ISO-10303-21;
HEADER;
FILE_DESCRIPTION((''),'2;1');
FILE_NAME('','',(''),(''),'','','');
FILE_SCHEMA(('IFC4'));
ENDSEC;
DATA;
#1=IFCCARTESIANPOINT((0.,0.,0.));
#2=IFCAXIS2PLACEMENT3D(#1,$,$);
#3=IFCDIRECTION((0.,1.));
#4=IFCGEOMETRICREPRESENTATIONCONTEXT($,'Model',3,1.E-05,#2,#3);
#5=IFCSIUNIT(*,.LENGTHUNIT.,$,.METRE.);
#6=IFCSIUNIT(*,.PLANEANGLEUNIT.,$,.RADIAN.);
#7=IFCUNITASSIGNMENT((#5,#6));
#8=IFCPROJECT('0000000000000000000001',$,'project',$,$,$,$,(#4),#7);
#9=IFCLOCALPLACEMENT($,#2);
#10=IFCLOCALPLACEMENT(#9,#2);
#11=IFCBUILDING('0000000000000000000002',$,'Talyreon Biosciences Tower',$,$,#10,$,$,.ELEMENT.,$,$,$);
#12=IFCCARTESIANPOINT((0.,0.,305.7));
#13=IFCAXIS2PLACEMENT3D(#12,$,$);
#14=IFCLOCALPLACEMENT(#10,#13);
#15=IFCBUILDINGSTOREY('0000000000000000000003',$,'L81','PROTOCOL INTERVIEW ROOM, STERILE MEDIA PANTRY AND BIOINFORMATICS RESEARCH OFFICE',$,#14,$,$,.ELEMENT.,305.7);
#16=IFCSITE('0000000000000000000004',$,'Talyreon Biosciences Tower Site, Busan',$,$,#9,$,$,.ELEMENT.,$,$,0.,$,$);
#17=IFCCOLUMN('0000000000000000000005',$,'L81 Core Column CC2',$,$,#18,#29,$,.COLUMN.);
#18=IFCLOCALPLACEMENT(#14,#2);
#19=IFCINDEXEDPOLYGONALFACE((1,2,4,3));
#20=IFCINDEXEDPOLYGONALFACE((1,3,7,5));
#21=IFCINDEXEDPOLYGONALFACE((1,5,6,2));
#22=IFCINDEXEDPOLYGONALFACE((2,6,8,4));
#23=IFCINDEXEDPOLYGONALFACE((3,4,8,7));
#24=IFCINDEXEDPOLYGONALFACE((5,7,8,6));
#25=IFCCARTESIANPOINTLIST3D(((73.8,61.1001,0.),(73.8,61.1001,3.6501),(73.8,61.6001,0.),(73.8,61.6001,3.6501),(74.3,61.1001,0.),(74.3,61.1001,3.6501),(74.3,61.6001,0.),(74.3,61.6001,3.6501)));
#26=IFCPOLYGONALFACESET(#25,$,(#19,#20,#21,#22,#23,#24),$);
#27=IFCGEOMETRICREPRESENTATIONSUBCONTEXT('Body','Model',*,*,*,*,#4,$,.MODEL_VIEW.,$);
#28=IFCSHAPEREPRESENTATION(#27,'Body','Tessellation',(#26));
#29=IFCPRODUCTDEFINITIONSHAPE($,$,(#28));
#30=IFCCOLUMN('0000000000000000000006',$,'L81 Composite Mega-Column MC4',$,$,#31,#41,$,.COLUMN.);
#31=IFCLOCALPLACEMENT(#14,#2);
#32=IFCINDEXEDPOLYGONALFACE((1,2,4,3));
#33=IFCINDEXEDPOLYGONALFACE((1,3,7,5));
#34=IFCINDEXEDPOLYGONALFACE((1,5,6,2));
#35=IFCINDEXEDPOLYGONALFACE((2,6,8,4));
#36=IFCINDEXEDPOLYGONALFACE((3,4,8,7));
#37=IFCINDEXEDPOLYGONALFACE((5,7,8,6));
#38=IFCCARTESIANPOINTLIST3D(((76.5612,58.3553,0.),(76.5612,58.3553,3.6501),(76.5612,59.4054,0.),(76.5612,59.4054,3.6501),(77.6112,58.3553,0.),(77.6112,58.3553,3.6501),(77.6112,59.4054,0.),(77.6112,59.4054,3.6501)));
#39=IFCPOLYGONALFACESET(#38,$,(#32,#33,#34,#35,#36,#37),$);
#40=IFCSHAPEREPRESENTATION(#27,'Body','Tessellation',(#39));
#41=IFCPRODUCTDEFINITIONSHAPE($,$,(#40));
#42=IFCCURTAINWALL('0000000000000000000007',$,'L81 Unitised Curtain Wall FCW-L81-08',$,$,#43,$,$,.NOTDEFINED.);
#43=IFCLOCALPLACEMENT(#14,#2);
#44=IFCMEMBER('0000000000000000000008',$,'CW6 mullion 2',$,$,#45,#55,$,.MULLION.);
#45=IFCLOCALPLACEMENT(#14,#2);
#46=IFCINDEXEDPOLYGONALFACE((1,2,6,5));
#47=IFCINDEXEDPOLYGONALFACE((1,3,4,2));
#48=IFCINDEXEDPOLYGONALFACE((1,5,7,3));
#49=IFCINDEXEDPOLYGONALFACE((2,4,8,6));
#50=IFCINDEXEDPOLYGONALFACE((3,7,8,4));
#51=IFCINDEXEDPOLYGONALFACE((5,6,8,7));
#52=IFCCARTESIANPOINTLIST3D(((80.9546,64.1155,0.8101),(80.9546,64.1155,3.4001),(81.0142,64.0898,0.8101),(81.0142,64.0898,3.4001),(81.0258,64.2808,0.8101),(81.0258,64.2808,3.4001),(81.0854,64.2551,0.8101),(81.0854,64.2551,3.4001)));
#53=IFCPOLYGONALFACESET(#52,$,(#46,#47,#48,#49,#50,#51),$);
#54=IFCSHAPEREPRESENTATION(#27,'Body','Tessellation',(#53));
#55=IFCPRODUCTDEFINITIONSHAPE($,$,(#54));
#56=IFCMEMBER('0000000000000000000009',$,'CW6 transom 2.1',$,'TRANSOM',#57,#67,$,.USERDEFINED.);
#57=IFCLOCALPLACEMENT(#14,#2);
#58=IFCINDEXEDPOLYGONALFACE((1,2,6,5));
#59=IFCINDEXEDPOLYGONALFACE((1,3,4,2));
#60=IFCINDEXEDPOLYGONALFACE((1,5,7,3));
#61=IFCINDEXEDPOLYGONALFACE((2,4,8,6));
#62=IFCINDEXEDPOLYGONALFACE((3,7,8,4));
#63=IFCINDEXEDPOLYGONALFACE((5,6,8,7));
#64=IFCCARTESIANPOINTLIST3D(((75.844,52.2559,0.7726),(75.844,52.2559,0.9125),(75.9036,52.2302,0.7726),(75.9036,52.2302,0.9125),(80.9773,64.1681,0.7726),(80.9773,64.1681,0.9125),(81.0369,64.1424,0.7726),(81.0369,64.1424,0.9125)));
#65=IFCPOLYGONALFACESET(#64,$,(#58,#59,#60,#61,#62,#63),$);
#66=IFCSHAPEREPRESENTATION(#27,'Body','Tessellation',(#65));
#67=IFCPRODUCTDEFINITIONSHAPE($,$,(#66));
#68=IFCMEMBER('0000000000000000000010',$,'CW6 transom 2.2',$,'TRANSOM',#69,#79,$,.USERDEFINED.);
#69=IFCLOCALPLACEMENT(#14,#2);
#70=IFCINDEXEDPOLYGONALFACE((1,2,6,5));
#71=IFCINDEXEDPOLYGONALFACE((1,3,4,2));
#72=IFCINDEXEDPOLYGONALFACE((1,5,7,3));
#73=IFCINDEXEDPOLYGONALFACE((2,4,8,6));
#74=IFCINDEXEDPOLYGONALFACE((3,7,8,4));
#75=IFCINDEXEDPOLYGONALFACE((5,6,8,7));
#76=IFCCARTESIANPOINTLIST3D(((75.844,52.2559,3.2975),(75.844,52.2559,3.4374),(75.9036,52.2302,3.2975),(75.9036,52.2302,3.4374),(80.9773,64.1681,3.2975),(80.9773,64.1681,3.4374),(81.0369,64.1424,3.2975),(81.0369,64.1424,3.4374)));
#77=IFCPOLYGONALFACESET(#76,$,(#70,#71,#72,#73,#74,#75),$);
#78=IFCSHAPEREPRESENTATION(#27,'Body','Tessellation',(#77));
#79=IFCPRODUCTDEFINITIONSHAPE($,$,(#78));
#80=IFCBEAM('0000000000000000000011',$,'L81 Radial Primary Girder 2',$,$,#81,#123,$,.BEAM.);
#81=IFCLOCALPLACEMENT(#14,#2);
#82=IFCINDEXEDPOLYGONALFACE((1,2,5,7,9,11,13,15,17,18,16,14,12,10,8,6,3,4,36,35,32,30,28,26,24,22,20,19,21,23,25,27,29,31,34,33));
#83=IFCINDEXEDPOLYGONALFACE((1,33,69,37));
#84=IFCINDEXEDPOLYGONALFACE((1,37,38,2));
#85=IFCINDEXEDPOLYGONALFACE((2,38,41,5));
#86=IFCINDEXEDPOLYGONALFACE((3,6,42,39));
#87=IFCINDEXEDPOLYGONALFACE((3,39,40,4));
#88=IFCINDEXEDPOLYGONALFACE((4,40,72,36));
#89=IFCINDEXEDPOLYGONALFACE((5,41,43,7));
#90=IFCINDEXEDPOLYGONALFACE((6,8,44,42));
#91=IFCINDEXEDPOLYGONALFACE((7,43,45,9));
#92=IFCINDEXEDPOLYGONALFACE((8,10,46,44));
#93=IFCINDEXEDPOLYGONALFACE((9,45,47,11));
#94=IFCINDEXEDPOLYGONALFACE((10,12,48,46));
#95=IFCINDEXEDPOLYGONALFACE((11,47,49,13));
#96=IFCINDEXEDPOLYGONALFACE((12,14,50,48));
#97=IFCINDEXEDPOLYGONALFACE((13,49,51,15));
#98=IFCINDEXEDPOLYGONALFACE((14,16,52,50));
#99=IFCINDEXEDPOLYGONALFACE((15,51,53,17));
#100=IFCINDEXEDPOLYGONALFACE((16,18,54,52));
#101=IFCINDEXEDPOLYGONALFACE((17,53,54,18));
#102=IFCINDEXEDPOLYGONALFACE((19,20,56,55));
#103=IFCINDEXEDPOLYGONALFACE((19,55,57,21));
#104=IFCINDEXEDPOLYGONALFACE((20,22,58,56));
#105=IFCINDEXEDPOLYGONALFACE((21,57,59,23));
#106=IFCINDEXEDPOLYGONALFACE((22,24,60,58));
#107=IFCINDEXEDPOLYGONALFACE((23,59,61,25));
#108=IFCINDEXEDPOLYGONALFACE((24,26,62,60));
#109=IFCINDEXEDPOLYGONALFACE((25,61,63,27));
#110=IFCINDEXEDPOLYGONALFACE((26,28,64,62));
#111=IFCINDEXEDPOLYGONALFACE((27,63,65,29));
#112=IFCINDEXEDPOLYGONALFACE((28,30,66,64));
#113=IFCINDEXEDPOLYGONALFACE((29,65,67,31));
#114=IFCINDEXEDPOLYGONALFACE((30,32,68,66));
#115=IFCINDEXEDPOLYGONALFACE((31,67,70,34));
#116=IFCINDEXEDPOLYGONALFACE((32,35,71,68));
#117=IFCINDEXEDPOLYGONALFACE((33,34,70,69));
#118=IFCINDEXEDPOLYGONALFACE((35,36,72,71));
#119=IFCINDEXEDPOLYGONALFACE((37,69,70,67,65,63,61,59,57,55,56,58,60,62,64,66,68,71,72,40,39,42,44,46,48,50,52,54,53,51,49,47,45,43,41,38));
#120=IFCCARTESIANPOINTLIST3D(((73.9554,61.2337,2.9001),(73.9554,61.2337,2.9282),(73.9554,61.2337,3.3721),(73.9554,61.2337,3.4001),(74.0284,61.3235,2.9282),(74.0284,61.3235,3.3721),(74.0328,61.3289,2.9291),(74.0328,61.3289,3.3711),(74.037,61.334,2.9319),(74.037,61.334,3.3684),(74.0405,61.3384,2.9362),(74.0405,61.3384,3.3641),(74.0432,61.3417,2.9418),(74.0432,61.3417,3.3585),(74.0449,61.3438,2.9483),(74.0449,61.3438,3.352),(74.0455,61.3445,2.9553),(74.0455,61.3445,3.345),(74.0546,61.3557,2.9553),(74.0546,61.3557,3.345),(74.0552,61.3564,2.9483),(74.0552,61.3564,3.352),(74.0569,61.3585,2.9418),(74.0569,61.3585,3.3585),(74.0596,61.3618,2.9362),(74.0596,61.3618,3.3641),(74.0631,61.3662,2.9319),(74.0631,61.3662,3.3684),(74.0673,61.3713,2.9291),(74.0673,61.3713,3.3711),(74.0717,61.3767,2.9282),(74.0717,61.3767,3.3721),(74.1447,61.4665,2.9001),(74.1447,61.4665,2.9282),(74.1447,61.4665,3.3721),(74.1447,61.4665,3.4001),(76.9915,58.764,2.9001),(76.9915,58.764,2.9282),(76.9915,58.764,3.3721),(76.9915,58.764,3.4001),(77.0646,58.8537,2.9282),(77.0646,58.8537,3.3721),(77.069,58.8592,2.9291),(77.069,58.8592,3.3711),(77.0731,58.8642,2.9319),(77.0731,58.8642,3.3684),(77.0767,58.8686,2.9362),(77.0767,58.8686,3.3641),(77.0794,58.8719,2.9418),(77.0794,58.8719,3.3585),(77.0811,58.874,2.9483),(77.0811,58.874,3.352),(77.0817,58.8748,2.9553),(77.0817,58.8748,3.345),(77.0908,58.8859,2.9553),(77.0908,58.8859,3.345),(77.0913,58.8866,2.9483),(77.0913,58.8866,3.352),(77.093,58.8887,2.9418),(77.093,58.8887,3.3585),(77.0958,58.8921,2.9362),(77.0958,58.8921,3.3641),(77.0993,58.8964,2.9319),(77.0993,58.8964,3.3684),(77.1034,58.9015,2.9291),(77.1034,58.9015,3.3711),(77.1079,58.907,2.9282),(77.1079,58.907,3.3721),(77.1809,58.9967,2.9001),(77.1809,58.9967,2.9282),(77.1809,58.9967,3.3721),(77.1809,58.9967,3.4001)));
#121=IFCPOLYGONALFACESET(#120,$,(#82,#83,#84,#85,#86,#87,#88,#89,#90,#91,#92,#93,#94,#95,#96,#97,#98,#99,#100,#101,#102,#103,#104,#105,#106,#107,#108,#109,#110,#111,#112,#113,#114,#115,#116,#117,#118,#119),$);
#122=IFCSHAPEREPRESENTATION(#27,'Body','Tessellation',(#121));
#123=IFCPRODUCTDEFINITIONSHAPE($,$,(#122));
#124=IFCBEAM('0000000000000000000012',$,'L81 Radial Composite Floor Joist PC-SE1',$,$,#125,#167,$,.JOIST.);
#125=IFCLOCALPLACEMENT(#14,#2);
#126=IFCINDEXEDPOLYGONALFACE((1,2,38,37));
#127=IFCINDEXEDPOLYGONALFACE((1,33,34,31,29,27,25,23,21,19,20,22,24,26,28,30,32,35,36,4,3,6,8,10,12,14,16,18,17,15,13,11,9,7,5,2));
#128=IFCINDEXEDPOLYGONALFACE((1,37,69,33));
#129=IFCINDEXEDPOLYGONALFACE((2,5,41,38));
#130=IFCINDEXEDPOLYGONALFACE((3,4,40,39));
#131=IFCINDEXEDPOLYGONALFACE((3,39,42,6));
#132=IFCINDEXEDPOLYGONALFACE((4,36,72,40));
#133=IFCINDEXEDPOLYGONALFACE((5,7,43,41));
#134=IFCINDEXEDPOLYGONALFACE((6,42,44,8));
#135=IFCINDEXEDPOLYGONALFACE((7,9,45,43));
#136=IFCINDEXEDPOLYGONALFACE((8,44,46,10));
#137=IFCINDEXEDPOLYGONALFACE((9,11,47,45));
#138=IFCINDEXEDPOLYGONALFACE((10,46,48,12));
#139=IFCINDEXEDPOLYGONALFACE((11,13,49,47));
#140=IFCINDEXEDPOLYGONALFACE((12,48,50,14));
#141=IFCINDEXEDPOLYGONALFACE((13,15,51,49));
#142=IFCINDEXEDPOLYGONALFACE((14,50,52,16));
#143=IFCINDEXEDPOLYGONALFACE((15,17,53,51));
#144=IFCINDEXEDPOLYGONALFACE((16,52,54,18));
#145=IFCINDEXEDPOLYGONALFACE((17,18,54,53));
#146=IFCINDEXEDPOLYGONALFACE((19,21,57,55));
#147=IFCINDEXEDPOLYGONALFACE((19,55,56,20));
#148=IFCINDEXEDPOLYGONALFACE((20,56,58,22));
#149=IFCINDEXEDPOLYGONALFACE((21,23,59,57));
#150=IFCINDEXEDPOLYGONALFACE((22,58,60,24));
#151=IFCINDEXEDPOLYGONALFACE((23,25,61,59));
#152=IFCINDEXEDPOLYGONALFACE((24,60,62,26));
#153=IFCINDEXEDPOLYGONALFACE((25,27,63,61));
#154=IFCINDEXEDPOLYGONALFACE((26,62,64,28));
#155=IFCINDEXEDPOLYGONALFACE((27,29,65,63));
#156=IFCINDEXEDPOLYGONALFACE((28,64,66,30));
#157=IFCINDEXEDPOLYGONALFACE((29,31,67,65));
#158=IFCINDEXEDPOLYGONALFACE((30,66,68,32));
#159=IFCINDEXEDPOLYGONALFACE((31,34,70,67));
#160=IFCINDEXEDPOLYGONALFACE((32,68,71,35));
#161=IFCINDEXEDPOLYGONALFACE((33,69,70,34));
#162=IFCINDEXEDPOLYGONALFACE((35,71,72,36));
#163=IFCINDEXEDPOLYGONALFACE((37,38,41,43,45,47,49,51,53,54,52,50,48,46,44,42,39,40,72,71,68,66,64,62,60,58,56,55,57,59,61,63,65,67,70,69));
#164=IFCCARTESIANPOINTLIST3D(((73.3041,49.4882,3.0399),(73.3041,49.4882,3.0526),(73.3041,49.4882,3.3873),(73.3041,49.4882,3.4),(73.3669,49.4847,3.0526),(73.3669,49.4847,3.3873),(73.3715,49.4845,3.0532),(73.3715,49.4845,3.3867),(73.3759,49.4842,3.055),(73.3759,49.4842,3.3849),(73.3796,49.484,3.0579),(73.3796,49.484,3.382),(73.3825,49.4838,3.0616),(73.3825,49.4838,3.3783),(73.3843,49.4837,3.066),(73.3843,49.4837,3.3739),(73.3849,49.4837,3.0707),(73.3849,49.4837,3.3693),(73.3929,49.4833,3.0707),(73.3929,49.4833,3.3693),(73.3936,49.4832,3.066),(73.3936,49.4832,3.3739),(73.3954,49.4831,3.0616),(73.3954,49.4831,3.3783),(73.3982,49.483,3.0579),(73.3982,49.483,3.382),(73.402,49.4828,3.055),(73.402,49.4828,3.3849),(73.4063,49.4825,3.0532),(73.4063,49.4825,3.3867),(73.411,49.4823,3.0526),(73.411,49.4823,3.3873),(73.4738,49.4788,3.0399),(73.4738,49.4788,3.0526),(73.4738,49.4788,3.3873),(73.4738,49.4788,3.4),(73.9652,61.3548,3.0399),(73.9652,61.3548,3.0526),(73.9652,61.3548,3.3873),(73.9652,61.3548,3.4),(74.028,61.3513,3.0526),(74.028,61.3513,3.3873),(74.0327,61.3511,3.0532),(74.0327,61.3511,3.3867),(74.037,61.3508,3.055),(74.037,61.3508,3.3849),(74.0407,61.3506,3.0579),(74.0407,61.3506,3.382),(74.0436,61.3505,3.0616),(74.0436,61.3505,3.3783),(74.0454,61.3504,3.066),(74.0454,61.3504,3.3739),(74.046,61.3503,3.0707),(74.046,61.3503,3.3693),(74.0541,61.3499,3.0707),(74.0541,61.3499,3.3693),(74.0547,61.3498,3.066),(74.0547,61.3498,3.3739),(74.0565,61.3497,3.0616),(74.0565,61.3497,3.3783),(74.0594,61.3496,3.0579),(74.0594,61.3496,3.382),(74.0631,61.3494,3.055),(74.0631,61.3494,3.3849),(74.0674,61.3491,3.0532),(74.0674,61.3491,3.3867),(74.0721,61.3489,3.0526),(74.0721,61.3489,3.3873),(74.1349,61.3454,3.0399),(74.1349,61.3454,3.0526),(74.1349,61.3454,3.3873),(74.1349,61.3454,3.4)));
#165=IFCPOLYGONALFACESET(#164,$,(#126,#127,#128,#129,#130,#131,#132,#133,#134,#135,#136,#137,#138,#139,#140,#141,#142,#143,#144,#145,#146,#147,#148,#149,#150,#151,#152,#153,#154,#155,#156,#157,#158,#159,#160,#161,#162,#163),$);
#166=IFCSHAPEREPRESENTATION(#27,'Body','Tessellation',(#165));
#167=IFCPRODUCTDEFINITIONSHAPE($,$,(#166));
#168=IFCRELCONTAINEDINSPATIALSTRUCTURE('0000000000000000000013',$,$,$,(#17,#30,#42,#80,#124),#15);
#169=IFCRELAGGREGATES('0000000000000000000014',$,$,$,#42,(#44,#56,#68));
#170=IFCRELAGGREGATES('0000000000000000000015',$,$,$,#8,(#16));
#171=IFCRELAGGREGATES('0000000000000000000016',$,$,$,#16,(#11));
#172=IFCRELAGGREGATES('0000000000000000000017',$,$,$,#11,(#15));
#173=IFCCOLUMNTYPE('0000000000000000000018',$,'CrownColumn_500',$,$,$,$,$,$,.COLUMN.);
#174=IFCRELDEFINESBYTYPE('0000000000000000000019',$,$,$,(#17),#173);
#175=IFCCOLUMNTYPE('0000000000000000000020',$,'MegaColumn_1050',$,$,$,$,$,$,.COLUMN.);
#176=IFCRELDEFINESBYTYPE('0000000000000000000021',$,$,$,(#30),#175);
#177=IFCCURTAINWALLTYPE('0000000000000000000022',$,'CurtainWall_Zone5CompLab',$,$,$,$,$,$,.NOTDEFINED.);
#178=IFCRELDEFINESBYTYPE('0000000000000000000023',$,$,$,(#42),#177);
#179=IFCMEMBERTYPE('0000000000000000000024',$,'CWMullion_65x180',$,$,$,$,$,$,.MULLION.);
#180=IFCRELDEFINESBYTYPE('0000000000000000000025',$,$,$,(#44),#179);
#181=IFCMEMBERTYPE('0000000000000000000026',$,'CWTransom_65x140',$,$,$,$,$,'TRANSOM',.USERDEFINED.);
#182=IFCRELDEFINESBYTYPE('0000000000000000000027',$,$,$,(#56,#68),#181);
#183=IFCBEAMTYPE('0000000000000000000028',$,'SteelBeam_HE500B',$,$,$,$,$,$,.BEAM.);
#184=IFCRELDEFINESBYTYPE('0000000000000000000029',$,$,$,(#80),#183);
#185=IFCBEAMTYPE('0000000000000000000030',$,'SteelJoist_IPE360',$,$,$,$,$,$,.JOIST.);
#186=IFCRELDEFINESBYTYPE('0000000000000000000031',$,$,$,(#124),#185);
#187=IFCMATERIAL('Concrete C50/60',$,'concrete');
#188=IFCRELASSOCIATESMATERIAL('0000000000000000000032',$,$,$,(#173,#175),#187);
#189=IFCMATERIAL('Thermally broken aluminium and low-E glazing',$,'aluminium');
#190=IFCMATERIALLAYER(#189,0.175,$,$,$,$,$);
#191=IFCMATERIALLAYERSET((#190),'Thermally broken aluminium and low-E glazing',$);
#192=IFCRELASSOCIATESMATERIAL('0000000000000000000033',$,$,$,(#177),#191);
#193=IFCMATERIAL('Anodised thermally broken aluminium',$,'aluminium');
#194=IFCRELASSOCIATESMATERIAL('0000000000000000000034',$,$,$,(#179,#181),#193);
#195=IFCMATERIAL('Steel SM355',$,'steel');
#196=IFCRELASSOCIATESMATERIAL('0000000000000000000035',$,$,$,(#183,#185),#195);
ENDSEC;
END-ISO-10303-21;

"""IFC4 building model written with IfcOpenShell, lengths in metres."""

from ifc_helpers import new_model, si_unit, direction, frame, origin, origin_2d, place, context, subcontext, project, spatial, rectangle, i_section, extrude, material, layer, layer_set, material_profile, profile_set, type_object, element, aggregate, save


model = new_model("IFC4")

# Units and contexts
model_context = context("Model", 3, precision=1e-05, world=origin(), true_north=direction((0.0, 1.0)))
body_context = subcontext(model_context, "Body", "Model", "MODEL_VIEW")
ifc_project = project(units=[si_unit("LENGTHUNIT", "METRE"), si_unit("PLANEANGLEUNIT", "RADIAN")], contexts=[model_context])

# Site, building, storey
site_placement = place(None, origin())
site = spatial("IfcSite", under=ifc_project, at=site_placement, Name="Talyreon Biosciences Tower Site, Busan", CompositionType="ELEMENT", RefElevation=0.0)
building_placement = place(site_placement, origin())
building = spatial("IfcBuilding", under=site, at=building_placement, Name="Talyreon Biosciences Tower", CompositionType="ELEMENT")
storey_placement = place(building_placement, frame((0.0, 0.0, 305.7)))
storey = spatial("IfcBuildingStorey", under=building, at=storey_placement, Name="L81", Description="PROTOCOL INTERVIEW ROOM, STERILE MEDIA PANTRY AND BIOINFORMATICS RESEARCH OFFICE", CompositionType="ELEMENT", Elevation=305.7)

# Columns
ifc_material_1 = material(Name="Concrete C50/60", Category="concrete")
ifc_material_profile_1 = material_profile(ifc_material_1, rectangle(XDim=0.5, YDim=0.5, at=origin_2d()), Name="RC 500x500")
ifc_profile_set_1 = profile_set([ifc_material_profile_1], Name="Concrete C50/60")
column_type_1 = type_object("IfcColumnType", Name="CrownColumn_500", PredefinedType="COLUMN", material=ifc_profile_set_1)
column_1_placement = place(storey_placement, frame((74.05, 61.3501, 0.0), z_axis=(0.0, 0.0, 1.0), x_axis=(1.0, 0.0, 0.0)))
element("IfcColumn", 1, at=column_1_placement, inside=storey, type_object=column_type_1, Name="L81 Core Column CC2", PredefinedType="COLUMN", context=body_context, shape_type="SweptSolid", body=[
    extrude(rectangle(XDim=0.5, YDim=0.5, at=origin_2d()), origin(), (0.0, 0.0, 1.0), 3.6501),
])
ifc_material_profile_2 = material_profile(ifc_material_1, rectangle(XDim=1.05, YDim=1.05, at=origin_2d()), Name="RC 1050x1050")
ifc_profile_set_2 = profile_set([ifc_material_profile_2], Name="Concrete C50/60")
column_type_2 = type_object("IfcColumnType", Name="MegaColumn_1050", PredefinedType="COLUMN", material=ifc_profile_set_2)
column_2_placement = place(storey_placement, frame((77.0862, 58.8804, 0.0), z_axis=(0.0, 0.0, 1.0), x_axis=(1.0, 0.0, 0.0)))
element("IfcColumn", 2, at=column_2_placement, inside=storey, type_object=column_type_2, Name="L81 Composite Mega-Column MC4", PredefinedType="COLUMN", context=body_context, shape_type="SweptSolid", body=[
    extrude(rectangle(XDim=1.05, YDim=1.05, at=origin_2d()), origin(), (0.0, 0.0, 1.0), 3.6501),
])

# Curtain wall, members
ifc_material_2 = material(Name="Thermally broken aluminium and low-E glazing", Category="aluminium")
ifc_layer_1 = layer(ifc_material_2, 0.175)
ifc_layer_set_1 = layer_set([ifc_layer_1], Name="Thermally broken aluminium and low-E glazing")
curtain_wall_type = type_object("IfcCurtainWallType", Name="CurtainWall_Zone5CompLab", PredefinedType="NOTDEFINED", material=ifc_layer_set_1)
curtain_wall_placement = place(storey_placement, origin())
curtain_wall = element("IfcCurtainWall", 3, at=curtain_wall_placement, inside=storey, type_object=curtain_wall_type, Name="L81 Unitised Curtain Wall FCW-L81-08", PredefinedType="NOTDEFINED")
ifc_material_3 = material(Name="Anodised thermally broken aluminium", Category="aluminium")
ifc_material_profile_3 = material_profile(ifc_material_3, rectangle(XDim=0.0649, YDim=0.1799, at=origin_2d()), Name="ALUM MULLION 65x180")
ifc_profile_set_3 = profile_set([ifc_material_profile_3], Name="Anodised thermally broken aluminium")
member_type_1 = type_object("IfcMemberType", Name="CWMullion_65x180", PredefinedType="MULLION", material=ifc_profile_set_3)
member_1_placement = place(storey_placement, frame((81.02, 64.1853, 0.8101), z_axis=(0.0, 0.0, 1.0), x_axis=(0.918363, -0.395738, 0.0)))
member_1 = element("IfcMember", 4, at=member_1_placement, type_object=member_type_1, Name="CW6 mullion 2", PredefinedType="MULLION", context=body_context, shape_type="SweptSolid", body=[
    extrude(rectangle(XDim=0.0649, YDim=0.1799, at=origin_2d()), origin(), (0.0, 0.0, 1.0), 2.5901),
])
ifc_material_profile_4 = material_profile(ifc_material_3, rectangle(XDim=0.0649, YDim=0.1399, at=origin_2d()), Name="ALUM TRANSOM 65x140")
ifc_profile_set_4 = profile_set([ifc_material_profile_4], Name="Anodised thermally broken aluminium")
member_type_2 = type_object("IfcMemberType", Name="CWTransom_65x140", ElementType="TRANSOM", PredefinedType="USERDEFINED", material=ifc_profile_set_4)
member_2_placement = place(storey_placement, frame((81.0071, 64.1553, 0.8425), z_axis=(-0.395743, -0.918361, 0.0), x_axis=(0.918361, -0.395743, 0.0)))
member_2 = element("IfcMember", 5, at=member_2_placement, type_object=member_type_2, Name="CW6 transom 2.1", ObjectType="TRANSOM", PredefinedType="USERDEFINED", context=body_context, shape_type="SweptSolid", body=[
    extrude(rectangle(XDim=0.0649, YDim=0.1399, at=origin_2d()), origin(), (0.0, 0.0, 1.0), 12.9712),
])
member_3_placement = place(storey_placement, frame((81.0071, 64.1553, 3.3674), z_axis=(-0.395743, -0.918361, 0.0), x_axis=(0.918361, -0.395743, 0.0)))
member_3 = element("IfcMember", 6, at=member_3_placement, type_object=member_type_2, Name="CW6 transom 2.2", ObjectType="TRANSOM", PredefinedType="USERDEFINED", context=body_context, shape_type="SweptSolid", body=[
    extrude(rectangle(XDim=0.0649, YDim=0.1399, at=origin_2d()), origin(), (0.0, 0.0, 1.0), 12.9712),
])
aggregate(curtain_wall, [member_1, member_2, member_3])

# Beams
ifc_material_4 = material(Name="Steel SM355", Category="steel")
ifc_material_profile_5 = material_profile(ifc_material_4, i_section(OverallWidth=0.3, OverallDepth=0.5, WebThickness=0.0144, FlangeThickness=0.0281, FilletRadius=0.0271, at=origin_2d()), Name="HE500B")
ifc_profile_set_5 = profile_set([ifc_material_profile_5], Name="Steel SM355")
beam_type_1 = type_object("IfcBeamType", Name="SteelBeam_HE500B", PredefinedType="BEAM", material=ifc_profile_set_5)
beam_1_placement = place(storey_placement, frame((74.05, 61.3501, 3.1501), z_axis=(0.775755, -0.631034, 0.0), x_axis=(0.631034, 0.775755, 0.0)))
element("IfcBeam", 7, at=beam_1_placement, inside=storey, type_object=beam_type_1, Name="L81 Radial Primary Girder 2", PredefinedType="BEAM", context=body_context, shape_type="SweptSolid", body=[
    extrude(i_section(OverallWidth=0.3, OverallDepth=0.5, WebThickness=0.0144, FlangeThickness=0.0281, FilletRadius=0.0271, at=origin_2d()), origin(), (0.0, 0.0, 1.0), 3.9138),
])
ifc_material_profile_6 = material_profile(ifc_material_4, i_section(OverallWidth=0.1699, OverallDepth=0.3601, WebThickness=0.0081, FlangeThickness=0.0127, FilletRadius=0.0181, at=origin_2d()), Name="IPE360")
ifc_profile_set_6 = profile_set([ifc_material_profile_6], Name="Steel SM355")
beam_type_2 = type_object("IfcBeamType", Name="SteelJoist_IPE360", PredefinedType="JOIST", material=ifc_profile_set_6)
beam_2_placement = place(storey_placement, frame((74.05, 61.3501, 3.22), z_axis=(-0.055627, -0.998452, 0.0), x_axis=(0.998452, -0.055627, 0.0)))
element("IfcBeam", 8, at=beam_2_placement, inside=storey, type_object=beam_type_2, Name="L81 Radial Composite Floor Joist PC-SE1", PredefinedType="JOIST", context=body_context, shape_type="SweptSolid", body=[
    extrude(i_section(OverallWidth=0.1699, OverallDepth=0.3601, WebThickness=0.0081, FlangeThickness=0.0127, FilletRadius=0.0181, at=origin_2d()), origin(), (0.0, 0.0, 1.0), 11.885),
])

save(model, "model.ifc")
